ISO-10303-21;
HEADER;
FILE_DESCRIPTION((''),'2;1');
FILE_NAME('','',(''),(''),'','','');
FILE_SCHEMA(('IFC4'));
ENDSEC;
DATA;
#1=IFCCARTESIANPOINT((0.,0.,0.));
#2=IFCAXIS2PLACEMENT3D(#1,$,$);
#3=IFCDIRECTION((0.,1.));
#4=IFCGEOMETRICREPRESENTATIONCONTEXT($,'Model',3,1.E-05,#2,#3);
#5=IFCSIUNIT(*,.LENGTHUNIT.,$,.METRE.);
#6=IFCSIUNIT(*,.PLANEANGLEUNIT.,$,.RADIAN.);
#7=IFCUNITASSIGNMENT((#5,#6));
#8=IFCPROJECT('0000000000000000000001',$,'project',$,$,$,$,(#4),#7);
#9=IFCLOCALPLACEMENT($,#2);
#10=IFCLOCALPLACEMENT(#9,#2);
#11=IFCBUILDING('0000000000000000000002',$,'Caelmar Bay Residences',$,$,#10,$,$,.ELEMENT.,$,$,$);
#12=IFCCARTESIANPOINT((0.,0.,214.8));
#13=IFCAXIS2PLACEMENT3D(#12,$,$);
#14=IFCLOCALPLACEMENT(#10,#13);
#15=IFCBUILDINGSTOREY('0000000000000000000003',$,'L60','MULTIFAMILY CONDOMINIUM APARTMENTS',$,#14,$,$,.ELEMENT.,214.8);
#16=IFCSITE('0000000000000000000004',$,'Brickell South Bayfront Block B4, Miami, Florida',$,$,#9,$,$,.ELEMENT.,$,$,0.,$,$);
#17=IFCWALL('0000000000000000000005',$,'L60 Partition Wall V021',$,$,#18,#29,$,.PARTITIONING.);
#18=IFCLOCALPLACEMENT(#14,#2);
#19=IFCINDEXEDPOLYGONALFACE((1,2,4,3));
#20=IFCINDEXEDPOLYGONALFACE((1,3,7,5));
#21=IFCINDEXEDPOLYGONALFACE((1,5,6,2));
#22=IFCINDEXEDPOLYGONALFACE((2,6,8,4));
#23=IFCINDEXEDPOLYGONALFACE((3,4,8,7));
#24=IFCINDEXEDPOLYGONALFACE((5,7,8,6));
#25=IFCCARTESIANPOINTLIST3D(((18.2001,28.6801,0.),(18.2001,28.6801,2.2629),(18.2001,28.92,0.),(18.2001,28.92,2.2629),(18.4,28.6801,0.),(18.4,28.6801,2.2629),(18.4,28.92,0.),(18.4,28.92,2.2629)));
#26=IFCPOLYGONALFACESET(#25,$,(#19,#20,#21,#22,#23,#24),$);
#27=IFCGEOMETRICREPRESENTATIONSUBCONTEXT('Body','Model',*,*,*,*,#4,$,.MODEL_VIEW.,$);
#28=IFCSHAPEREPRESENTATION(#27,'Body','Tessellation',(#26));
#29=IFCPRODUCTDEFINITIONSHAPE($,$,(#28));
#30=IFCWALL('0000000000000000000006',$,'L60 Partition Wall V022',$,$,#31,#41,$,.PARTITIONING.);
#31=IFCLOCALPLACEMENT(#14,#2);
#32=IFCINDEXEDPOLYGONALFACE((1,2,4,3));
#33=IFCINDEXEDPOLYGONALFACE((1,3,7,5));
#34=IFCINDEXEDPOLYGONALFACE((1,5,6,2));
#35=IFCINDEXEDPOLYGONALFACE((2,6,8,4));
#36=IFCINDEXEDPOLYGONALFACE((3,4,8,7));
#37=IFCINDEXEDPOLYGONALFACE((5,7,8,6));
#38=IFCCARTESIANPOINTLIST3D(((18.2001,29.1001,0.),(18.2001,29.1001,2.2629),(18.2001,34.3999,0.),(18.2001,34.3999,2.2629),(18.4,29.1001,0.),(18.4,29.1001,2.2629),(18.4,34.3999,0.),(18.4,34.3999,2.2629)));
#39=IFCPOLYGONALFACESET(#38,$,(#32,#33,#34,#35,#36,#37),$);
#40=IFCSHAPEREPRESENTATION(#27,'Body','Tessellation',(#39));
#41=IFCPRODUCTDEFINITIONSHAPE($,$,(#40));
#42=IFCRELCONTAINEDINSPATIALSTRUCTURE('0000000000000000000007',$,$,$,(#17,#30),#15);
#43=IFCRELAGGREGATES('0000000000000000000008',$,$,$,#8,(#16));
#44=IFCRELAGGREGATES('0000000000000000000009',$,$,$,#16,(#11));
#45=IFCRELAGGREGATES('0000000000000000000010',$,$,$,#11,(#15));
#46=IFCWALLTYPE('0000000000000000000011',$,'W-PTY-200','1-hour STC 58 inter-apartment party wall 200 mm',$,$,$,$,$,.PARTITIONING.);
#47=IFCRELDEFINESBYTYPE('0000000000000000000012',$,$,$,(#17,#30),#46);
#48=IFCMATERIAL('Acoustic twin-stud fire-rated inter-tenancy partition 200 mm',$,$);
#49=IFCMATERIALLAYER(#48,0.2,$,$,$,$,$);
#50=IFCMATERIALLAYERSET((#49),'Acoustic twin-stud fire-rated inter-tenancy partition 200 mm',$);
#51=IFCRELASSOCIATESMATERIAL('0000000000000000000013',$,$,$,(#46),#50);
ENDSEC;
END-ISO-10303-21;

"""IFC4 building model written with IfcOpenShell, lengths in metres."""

from ifc_helpers import new_model, si_unit, direction, frame, frame_2d, origin, place, context, subcontext, project, spatial, rectangle, extrude, material, layer, layer_set, type_object, element, save


model = new_model("IFC4")

# Units and contexts
model_context = context("Model", 3, precision=1e-05, world=origin(), true_north=direction((0.0, 1.0)))
body_context = subcontext(model_context, "Body", "Model", "MODEL_VIEW")
ifc_project = project(units=[si_unit("LENGTHUNIT", "METRE"), si_unit("PLANEANGLEUNIT", "RADIAN")], contexts=[model_context])

# Site, building, storey
site_placement = place(None, origin())
site = spatial("IfcSite", under=ifc_project, at=site_placement, Name="Brickell South Bayfront Block B4, Miami, Florida", CompositionType="ELEMENT", RefElevation=0.0)
building_placement = place(site_placement, origin())
building = spatial("IfcBuilding", under=site, at=building_placement, Name="Caelmar Bay Residences", CompositionType="ELEMENT")
storey_placement = place(building_placement, frame((0.0, 0.0, 214.8)))
storey = spatial("IfcBuildingStorey", under=building, at=storey_placement, Name="L60", Description="MULTIFAMILY CONDOMINIUM APARTMENTS", CompositionType="ELEMENT", Elevation=214.8)

# Walls
ifc_material_1 = material(Name="Acoustic twin-stud fire-rated inter-tenancy partition 200 mm")
ifc_layer_1 = layer(ifc_material_1, 0.2)
ifc_layer_set_1 = layer_set([ifc_layer_1], Name="Acoustic twin-stud fire-rated inter-tenancy partition 200 mm")
wall_type_1 = type_object("IfcWallType", Name="W-PTY-200", Description="1-hour STC 58 inter-apartment party wall 200 mm", PredefinedType="PARTITIONING", material=ifc_layer_set_1)
wall_1_placement = place(storey_placement, frame((18.3, 28.6799, 0.0), z_axis=(0.0, 0.0, 1.0), x_axis=(0.0, 1.0, 0.0)))
element("IfcWall", 1, at=wall_1_placement, inside=storey, type_object=wall_type_1, Name="L60 Partition Wall V021", PredefinedType="PARTITIONING", context=body_context, shape_type="SweptSolid", body=[
    extrude(rectangle(XDim=0.24, YDim=0.2, at=frame_2d((0.1201, 0.0))), origin(), (0.0, 0.0, 1.0), 2.2629),
])
wall_2_placement = place(storey_placement, frame((18.3, 29.1001, 0.0), z_axis=(0.0, 0.0, 1.0), x_axis=(0.0, 1.0, 0.0)))
element("IfcWall", 2, at=wall_2_placement, inside=storey, type_object=wall_type_1, Name="L60 Partition Wall V022", PredefinedType="PARTITIONING", context=body_context, shape_type="SweptSolid", body=[
    extrude(rectangle(XDim=5.2998, YDim=0.2, at=frame_2d((2.6499, 0.0))), origin(), (0.0, 0.0, 1.0), 2.2629),
])

save(model, "model.ifc")
